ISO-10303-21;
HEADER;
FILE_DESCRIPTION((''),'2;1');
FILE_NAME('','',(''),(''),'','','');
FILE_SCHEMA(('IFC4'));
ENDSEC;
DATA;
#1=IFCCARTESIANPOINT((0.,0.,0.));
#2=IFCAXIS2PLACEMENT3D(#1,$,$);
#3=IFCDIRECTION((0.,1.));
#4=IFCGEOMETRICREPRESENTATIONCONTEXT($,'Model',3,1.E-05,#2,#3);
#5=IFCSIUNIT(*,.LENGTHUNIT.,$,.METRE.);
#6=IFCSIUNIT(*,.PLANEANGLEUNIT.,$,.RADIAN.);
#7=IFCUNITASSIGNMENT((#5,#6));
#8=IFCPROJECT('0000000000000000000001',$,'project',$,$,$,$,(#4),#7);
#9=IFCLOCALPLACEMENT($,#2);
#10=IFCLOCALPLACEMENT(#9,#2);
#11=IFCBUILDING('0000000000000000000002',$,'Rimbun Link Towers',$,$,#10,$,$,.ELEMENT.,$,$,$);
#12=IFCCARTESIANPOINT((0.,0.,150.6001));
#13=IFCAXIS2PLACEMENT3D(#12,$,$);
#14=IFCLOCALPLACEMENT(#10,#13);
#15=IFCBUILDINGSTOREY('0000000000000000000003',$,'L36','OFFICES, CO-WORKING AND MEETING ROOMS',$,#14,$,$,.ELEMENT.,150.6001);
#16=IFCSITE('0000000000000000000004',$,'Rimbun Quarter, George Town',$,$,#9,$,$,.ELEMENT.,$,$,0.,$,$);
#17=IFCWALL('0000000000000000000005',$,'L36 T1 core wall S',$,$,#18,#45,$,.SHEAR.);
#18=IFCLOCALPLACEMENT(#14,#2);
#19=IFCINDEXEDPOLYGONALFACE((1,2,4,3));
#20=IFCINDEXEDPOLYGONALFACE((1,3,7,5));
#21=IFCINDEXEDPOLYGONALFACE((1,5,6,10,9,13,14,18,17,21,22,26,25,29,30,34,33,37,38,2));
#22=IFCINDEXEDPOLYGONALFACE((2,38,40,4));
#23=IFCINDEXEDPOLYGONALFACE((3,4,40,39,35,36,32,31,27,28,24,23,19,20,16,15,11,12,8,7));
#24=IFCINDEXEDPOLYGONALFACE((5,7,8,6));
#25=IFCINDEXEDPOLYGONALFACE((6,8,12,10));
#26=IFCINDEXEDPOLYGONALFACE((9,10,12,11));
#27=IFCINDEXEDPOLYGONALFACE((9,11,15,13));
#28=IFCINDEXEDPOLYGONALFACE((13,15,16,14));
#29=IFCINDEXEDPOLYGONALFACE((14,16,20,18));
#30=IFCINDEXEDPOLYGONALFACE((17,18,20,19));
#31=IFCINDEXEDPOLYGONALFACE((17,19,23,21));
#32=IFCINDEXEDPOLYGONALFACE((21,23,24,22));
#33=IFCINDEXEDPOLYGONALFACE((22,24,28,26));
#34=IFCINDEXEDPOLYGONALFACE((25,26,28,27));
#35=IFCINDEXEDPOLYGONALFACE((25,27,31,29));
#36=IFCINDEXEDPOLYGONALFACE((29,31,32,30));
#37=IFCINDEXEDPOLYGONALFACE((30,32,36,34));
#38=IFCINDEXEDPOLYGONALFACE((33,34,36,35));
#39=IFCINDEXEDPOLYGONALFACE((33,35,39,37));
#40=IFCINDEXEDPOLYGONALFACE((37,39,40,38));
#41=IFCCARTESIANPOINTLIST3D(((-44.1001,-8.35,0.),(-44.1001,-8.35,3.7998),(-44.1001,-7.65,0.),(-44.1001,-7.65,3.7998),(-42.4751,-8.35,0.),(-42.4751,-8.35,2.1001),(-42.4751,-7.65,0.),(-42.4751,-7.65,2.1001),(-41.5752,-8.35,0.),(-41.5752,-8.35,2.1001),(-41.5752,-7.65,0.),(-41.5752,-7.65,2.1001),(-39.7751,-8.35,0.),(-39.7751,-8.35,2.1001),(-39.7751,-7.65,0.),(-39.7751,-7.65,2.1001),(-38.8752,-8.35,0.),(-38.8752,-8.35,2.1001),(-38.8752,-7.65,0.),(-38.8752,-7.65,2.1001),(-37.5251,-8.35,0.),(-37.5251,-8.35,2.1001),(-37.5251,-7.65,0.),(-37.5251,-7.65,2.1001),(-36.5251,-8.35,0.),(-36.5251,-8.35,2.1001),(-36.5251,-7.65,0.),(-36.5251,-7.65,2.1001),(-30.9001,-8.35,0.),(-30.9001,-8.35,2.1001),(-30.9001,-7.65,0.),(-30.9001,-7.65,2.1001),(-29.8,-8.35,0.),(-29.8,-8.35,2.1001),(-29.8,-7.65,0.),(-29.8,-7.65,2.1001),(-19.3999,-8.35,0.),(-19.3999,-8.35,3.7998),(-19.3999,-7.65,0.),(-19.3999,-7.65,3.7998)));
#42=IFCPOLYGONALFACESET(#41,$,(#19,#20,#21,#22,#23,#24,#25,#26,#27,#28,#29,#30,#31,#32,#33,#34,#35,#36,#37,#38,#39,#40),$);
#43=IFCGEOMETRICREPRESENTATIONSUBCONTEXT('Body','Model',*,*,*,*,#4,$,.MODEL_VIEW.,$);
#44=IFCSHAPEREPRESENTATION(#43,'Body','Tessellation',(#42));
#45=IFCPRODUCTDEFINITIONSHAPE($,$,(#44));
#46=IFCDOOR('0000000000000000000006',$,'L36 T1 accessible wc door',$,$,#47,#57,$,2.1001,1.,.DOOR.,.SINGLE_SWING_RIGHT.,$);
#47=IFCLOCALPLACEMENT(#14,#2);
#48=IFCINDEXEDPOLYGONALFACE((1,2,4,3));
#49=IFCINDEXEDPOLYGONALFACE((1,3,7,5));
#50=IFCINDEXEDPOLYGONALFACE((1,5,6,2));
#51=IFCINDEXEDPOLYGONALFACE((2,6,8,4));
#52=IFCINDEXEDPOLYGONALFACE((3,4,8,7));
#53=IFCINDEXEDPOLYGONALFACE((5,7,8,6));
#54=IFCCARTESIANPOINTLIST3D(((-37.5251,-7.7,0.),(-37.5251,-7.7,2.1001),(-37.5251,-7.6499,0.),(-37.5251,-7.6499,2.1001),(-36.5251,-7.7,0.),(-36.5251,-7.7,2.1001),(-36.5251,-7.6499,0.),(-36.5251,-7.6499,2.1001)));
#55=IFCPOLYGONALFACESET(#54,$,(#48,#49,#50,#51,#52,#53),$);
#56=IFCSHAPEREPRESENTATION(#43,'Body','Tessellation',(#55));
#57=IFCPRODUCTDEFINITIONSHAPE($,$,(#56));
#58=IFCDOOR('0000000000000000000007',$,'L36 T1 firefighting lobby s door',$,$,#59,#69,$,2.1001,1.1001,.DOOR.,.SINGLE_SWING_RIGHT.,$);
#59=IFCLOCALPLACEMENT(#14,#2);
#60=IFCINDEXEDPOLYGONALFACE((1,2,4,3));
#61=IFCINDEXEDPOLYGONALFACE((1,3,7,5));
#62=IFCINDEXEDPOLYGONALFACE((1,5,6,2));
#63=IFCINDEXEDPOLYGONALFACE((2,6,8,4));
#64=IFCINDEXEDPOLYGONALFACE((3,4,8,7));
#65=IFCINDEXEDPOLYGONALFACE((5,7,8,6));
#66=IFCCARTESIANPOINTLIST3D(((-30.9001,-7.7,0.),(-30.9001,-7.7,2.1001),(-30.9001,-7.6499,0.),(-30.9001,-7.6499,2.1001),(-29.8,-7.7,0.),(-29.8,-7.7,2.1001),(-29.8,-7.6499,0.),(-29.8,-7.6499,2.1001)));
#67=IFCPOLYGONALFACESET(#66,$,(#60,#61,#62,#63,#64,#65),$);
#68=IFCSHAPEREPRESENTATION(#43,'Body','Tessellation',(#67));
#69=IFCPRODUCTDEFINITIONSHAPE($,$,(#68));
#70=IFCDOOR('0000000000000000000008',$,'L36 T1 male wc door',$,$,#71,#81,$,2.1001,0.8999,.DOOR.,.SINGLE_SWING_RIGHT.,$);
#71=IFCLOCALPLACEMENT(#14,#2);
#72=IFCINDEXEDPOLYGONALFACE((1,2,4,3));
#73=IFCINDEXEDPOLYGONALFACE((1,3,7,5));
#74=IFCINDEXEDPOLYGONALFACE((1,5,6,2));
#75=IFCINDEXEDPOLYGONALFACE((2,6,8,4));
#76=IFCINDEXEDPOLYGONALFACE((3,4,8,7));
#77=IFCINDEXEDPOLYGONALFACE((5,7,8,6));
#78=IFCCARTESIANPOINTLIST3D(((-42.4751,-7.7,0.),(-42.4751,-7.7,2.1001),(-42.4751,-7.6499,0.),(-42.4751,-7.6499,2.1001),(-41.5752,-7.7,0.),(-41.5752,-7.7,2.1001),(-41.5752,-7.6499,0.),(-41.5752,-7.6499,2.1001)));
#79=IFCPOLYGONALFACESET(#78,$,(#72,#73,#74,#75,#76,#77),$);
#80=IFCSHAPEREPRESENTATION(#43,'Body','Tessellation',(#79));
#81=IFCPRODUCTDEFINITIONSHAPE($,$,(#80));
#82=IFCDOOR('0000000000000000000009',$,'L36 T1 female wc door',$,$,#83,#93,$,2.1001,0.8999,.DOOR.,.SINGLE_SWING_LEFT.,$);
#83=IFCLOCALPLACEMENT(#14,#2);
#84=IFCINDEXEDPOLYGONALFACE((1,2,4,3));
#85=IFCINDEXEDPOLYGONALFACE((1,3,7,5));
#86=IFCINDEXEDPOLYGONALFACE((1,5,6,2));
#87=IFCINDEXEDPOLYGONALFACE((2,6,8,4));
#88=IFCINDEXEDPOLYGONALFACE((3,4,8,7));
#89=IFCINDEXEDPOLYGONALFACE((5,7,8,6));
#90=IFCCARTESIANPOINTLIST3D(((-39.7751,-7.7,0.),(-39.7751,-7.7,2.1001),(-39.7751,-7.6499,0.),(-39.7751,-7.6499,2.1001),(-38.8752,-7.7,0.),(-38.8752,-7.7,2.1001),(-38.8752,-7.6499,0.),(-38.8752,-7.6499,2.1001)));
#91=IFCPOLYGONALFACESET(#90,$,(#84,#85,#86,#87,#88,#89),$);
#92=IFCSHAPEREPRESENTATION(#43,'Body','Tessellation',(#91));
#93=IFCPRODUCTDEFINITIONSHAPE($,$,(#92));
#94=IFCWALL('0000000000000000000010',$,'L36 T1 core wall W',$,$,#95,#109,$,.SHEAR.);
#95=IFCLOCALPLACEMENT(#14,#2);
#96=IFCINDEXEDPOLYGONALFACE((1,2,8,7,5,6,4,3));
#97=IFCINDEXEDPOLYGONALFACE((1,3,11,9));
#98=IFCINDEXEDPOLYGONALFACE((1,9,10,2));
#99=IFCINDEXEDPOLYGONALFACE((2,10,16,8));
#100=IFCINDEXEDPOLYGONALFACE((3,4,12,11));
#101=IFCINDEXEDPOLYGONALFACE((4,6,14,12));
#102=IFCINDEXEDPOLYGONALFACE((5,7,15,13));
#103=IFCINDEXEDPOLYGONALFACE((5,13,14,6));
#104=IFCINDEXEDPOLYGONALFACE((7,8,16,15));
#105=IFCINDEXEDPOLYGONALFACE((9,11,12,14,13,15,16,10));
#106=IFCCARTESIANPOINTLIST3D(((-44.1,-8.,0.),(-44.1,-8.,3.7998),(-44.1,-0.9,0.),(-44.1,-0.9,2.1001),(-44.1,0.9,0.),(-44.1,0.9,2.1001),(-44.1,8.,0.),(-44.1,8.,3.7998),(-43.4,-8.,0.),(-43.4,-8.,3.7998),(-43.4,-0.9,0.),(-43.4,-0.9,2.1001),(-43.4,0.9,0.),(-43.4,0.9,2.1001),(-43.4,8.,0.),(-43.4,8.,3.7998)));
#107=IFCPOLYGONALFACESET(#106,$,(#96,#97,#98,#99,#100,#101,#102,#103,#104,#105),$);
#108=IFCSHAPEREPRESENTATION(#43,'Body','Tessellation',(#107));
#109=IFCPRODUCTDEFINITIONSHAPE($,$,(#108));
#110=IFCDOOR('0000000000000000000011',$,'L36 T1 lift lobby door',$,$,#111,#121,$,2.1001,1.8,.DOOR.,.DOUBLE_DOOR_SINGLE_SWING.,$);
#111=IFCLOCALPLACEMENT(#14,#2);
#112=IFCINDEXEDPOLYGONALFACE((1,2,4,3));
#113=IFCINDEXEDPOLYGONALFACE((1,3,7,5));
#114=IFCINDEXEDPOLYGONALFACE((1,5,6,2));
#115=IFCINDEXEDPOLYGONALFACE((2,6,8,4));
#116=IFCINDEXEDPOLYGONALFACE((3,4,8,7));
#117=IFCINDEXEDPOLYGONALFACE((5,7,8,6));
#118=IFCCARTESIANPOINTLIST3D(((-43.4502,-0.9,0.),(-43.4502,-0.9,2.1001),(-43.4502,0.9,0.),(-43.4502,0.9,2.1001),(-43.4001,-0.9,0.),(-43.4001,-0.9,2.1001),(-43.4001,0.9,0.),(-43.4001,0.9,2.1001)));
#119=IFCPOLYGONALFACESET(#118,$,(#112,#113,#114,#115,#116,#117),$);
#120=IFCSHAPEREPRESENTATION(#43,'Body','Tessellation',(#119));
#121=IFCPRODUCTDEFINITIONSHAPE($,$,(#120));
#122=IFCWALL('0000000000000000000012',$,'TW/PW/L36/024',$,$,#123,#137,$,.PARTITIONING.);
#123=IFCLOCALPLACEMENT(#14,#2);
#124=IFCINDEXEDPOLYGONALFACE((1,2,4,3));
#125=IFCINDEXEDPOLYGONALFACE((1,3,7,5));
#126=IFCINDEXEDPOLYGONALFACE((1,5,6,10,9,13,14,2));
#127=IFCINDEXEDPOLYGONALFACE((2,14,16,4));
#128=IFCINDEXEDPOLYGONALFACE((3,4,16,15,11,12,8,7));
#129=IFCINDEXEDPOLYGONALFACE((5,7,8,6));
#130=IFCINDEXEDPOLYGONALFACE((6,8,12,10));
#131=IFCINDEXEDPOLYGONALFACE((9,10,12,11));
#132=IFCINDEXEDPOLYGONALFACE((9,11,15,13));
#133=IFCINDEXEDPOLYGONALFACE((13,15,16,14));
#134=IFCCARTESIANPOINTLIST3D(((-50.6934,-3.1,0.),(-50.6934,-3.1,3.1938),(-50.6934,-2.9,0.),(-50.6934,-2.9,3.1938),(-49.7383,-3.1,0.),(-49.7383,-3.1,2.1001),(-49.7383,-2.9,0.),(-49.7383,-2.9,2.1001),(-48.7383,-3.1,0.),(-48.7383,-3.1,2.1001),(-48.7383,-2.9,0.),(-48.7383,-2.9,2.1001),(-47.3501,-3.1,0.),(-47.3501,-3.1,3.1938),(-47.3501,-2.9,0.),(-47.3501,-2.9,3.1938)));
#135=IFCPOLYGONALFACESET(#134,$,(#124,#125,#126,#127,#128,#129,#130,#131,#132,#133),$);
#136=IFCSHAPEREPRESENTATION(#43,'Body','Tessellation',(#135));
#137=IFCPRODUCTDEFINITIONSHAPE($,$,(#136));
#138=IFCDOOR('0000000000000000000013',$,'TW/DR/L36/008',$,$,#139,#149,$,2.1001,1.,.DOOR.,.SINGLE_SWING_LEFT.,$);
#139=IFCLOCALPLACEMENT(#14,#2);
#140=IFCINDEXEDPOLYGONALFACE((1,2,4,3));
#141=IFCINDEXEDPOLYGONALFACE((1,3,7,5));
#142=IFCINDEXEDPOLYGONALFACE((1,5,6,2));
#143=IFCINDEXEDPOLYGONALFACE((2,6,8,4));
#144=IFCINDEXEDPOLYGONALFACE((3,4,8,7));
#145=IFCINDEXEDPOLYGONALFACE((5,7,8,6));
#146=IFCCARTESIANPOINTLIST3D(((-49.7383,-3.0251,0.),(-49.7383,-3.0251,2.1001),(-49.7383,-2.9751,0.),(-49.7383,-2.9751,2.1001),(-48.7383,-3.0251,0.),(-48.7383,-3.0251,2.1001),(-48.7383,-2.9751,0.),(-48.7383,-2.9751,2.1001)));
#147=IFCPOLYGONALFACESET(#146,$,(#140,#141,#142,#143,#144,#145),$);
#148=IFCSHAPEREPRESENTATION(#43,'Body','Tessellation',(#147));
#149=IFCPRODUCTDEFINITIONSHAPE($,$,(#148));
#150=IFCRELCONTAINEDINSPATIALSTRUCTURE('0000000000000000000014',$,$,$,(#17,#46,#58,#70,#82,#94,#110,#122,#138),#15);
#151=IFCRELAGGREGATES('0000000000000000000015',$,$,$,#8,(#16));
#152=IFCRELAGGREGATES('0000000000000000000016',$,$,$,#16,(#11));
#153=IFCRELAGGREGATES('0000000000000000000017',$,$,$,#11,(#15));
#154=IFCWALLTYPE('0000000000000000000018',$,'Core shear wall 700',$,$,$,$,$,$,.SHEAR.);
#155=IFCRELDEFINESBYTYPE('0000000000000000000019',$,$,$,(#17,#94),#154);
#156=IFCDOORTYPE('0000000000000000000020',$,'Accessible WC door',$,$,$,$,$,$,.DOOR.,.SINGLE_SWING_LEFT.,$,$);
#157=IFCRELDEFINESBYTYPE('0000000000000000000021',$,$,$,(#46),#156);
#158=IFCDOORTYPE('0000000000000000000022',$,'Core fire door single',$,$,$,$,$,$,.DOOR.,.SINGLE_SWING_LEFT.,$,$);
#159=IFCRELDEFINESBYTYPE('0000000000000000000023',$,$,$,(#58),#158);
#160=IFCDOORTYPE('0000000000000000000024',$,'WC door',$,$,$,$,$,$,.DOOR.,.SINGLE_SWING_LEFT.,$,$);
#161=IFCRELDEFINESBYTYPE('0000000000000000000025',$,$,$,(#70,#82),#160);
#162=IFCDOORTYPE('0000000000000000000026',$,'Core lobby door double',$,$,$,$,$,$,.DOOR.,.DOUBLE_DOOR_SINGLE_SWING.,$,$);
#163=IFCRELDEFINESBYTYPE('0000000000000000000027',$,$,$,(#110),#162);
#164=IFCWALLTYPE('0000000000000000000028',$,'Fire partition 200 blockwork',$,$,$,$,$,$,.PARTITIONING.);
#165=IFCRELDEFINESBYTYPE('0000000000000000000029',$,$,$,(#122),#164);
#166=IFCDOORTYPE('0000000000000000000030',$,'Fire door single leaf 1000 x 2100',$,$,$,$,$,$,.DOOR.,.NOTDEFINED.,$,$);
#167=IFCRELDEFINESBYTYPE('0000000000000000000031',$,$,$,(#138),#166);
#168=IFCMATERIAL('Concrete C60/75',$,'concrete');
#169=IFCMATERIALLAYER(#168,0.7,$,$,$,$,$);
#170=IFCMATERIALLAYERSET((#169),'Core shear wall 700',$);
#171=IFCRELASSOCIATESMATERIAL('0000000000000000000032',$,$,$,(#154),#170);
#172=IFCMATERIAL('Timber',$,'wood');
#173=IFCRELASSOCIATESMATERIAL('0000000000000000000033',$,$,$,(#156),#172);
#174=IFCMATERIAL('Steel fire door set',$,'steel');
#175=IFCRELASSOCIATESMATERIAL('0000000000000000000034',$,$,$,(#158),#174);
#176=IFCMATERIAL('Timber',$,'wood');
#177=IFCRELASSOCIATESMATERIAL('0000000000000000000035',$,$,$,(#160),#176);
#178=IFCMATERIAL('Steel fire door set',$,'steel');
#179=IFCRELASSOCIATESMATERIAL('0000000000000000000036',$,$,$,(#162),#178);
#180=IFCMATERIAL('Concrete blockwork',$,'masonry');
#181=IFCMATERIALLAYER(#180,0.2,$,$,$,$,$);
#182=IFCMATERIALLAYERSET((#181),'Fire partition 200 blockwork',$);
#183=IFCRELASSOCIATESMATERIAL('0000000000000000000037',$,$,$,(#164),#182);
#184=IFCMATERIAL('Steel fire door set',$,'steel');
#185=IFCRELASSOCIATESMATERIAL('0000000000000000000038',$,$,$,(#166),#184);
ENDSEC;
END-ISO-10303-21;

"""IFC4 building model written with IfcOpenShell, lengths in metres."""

from ifc_helpers import new_model, si_unit, direction, frame, frame_2d, origin, place, context, subcontext, project, spatial, rectangle, extrude, material, layer, layer_set, type_object, element, fill, save


model = new_model("IFC4")

# Units and contexts
model_context = context("Model", 3, precision=1e-05, world=origin(), true_north=direction((0.0, 1.0)))
body_context = subcontext(model_context, "Body", "Model", "MODEL_VIEW")
ifc_project = project(units=[si_unit("LENGTHUNIT", "METRE"), si_unit("PLANEANGLEUNIT", "RADIAN")], contexts=[model_context])

# Site, building, storey
site_placement = place(None, origin())
site = spatial("IfcSite", under=ifc_project, at=site_placement, Name="Rimbun Quarter, George Town", CompositionType="ELEMENT", RefElevation=0.0)
building_placement = place(site_placement, origin())
building = spatial("IfcBuilding", under=site, at=building_placement, Name="Rimbun Link Towers", CompositionType="ELEMENT")
storey_placement = place(building_placement, frame((0.0, 0.0, 150.6001)))
storey = spatial("IfcBuildingStorey", under=building, at=storey_placement, Name="L36", Description="OFFICES, CO-WORKING AND MEETING ROOMS", CompositionType="ELEMENT", Elevation=150.6001)

# Wall, openings, doors
ifc_material_1 = material(Name="Concrete C60/75", Category="concrete")
ifc_layer_1 = layer(ifc_material_1, 0.7)
ifc_layer_set_1 = layer_set([ifc_layer_1], Name="Core shear wall 700")
wall_type_1 = type_object("IfcWallType", Name="Core shear wall 700", PredefinedType="SHEAR", material=ifc_layer_set_1)
wall_1_placement = place(storey_placement, frame((-44.1001, -8.0, 0.0), z_axis=(0.0, 0.0, 1.0), x_axis=(1.0, 0.0, 0.0)))
wall_1 = element("IfcWall", 1, at=wall_1_placement, inside=storey, type_object=wall_type_1, Name="L36 T1 core wall S", PredefinedType="SHEAR", context=body_context, shape_type="SweptSolid", body=[
    extrude(rectangle(XDim=24.7002, YDim=0.7, at=frame_2d((12.3501, 0.0))), origin(), (0.0, 0.0, 1.0), 3.7998),
])
opening_1_placement = place(wall_1_placement, frame((13.2, 0.0, 0.0)))
opening_1 = element("IfcOpeningElement", 2, at=opening_1_placement, cuts=wall_1, PredefinedType="OPENING", context=body_context, shape_type="SweptSolid", body=[
    extrude(rectangle(XDim=1.1001, YDim=2.1001, at=frame_2d((0.55, 1.05))), frame((0.0, 0.3599, 0.0), z_axis=(0.0, -1.0, 0.0), x_axis=(1.0, 0.0, 0.0)), (0.0, 0.0, 1.0), 0.72),
])
opening_2_placement = place(wall_1_placement, frame((1.625, 0.0, 0.0)))
opening_2 = element("IfcOpeningElement", 3, at=opening_2_placement, cuts=wall_1, PredefinedType="OPENING", context=body_context, shape_type="SweptSolid", body=[
    extrude(rectangle(XDim=0.8999, YDim=2.1001, at=frame_2d((0.45, 1.05))), frame((0.0, 0.3599, 0.0), z_axis=(0.0, -1.0, 0.0), x_axis=(1.0, 0.0, 0.0)), (0.0, 0.0, 1.0), 0.72),
])
opening_3_placement = place(wall_1_placement, frame((4.325, 0.0, 0.0)))
opening_3 = element("IfcOpeningElement", 4, at=opening_3_placement, cuts=wall_1, PredefinedType="OPENING", context=body_context, shape_type="SweptSolid", body=[
    extrude(rectangle(XDim=0.8999, YDim=2.1001, at=frame_2d((0.45, 1.05))), frame((0.0, 0.3599, 0.0), z_axis=(0.0, -1.0, 0.0), x_axis=(1.0, 0.0, 0.0)), (0.0, 0.0, 1.0), 0.72),
])
opening_4_placement = place(wall_1_placement, frame((6.575, 0.0, 0.0)))
opening_4 = element("IfcOpeningElement", 5, at=opening_4_placement, cuts=wall_1, PredefinedType="OPENING", context=body_context, shape_type="SweptSolid", body=[
    extrude(rectangle(XDim=1.0, YDim=2.1001, at=frame_2d((0.5, 1.05))), frame((0.0, 0.3599, 0.0), z_axis=(0.0, -1.0, 0.0), x_axis=(1.0, 0.0, 0.0)), (0.0, 0.0, 1.0), 0.72),
])
ifc_material_2 = material(Name="Timber", Category="wood")
door_type_1 = type_object("IfcDoorType", Name="Accessible WC door", OperationType="SINGLE_SWING_LEFT", PredefinedType="DOOR", material=ifc_material_2)
door_1_placement = place(opening_4_placement, origin())
door_1 = element("IfcDoor", 6, at=door_1_placement, inside=storey, type_object=door_type_1, Name="L36 T1 accessible wc door", OperationType="SINGLE_SWING_RIGHT", OverallHeight=2.1001, OverallWidth=1.0, PredefinedType="DOOR", context=body_context, shape_type="SweptSolid", body=[
    extrude(rectangle(XDim=1.0, YDim=2.1001, at=frame_2d((0.5, 1.05))), frame((0.0, 0.3501, 0.0), z_axis=(0.0, -1.0, 0.0), x_axis=(1.0, 0.0, 0.0)), (0.0, 0.0, 1.0), 0.05),
])
fill(opening_4, door_1)
ifc_material_3 = material(Name="Steel fire door set", Category="steel")
door_type_2 = type_object("IfcDoorType", Name="Core fire door single", OperationType="SINGLE_SWING_LEFT", PredefinedType="DOOR", material=ifc_material_3)
door_2_placement = place(opening_1_placement, origin())
door_2 = element("IfcDoor", 7, at=door_2_placement, inside=storey, type_object=door_type_2, Name="L36 T1 firefighting lobby s door", OperationType="SINGLE_SWING_RIGHT", OverallHeight=2.1001, OverallWidth=1.1001, PredefinedType="DOOR", context=body_context, shape_type="SweptSolid", body=[
    extrude(rectangle(XDim=1.1001, YDim=2.1001, at=frame_2d((0.55, 1.05))), frame((0.0, 0.3501, 0.0), z_axis=(0.0, -1.0, 0.0), x_axis=(1.0, 0.0, 0.0)), (0.0, 0.0, 1.0), 0.05),
])
fill(opening_1, door_2)
ifc_material_4 = material(Name="Timber", Category="wood")
door_type_3 = type_object("IfcDoorType", Name="WC door", OperationType="SINGLE_SWING_LEFT", PredefinedType="DOOR", material=ifc_material_4)
door_3_placement = place(opening_2_placement, origin())
door_3 = element("IfcDoor", 8, at=door_3_placement, inside=storey, type_object=door_type_3, Name="L36 T1 male wc door", OperationType="SINGLE_SWING_RIGHT", OverallHeight=2.1001, OverallWidth=0.8999, PredefinedType="DOOR", context=body_context, shape_type="SweptSolid", body=[
    extrude(rectangle(XDim=0.8999, YDim=2.1001, at=frame_2d((0.45, 1.05))), frame((0.0, 0.3501, 0.0), z_axis=(0.0, -1.0, 0.0), x_axis=(1.0, 0.0, 0.0)), (0.0, 0.0, 1.0), 0.05),
])
fill(opening_2, door_3)
door_4_placement = place(opening_3_placement, origin())
door_4 = element("IfcDoor", 9, at=door_4_placement, inside=storey, type_object=door_type_3, Name="L36 T1 female wc door", OperationType="SINGLE_SWING_LEFT", OverallHeight=2.1001, OverallWidth=0.8999, PredefinedType="DOOR", context=body_context, shape_type="SweptSolid", body=[
    extrude(rectangle(XDim=0.8999, YDim=2.1001, at=frame_2d((0.45, 1.05))), frame((0.0, 0.3501, 0.0), z_axis=(0.0, -1.0, 0.0), x_axis=(1.0, 0.0, 0.0)), (0.0, 0.0, 1.0), 0.05),
])
fill(opening_3, door_4)

# Walls, openings, doors
wall_2_placement = place(storey_placement, frame((-43.75, -8.0, 0.0), z_axis=(0.0, 0.0, 1.0), x_axis=(0.0, 1.0, 0.0)))
wall_2 = element("IfcWall", 10, at=wall_2_placement, inside=storey, type_object=wall_type_1, Name="L36 T1 core wall W", PredefinedType="SHEAR", context=body_context, shape_type="SweptSolid", body=[
    extrude(rectangle(XDim=16.0, YDim=0.7, at=frame_2d((8.0, 0.0))), origin(), (0.0, 0.0, 1.0), 3.7998),
])
opening_5_placement = place(wall_2_placement, frame((7.1001, 0.0, 0.0)))
opening_5 = element("IfcOpeningElement", 11, at=opening_5_placement, cuts=wall_2, PredefinedType="OPENING", context=body_context, shape_type="SweptSolid", body=[
    extrude(rectangle(XDim=1.8, YDim=2.1001, at=frame_2d((0.8999, 1.05))), frame((0.0, 0.3599, 0.0), z_axis=(0.0, -1.0, 0.0), x_axis=(1.0, 0.0, 0.0)), (0.0, 0.0, 1.0), 0.72),
])
ifc_material_5 = material(Name="Steel fire door set", Category="steel")
door_type_4 = type_object("IfcDoorType", Name="Core lobby door double", OperationType="DOUBLE_DOOR_SINGLE_SWING", PredefinedType="DOOR", material=ifc_material_5)
door_5_placement = place(opening_5_placement, origin())
door_5 = element("IfcDoor", 12, at=door_5_placement, inside=storey, type_object=door_type_4, Name="L36 T1 lift lobby door", OperationType="DOUBLE_DOOR_SINGLE_SWING", OverallHeight=2.1001, OverallWidth=1.8, PredefinedType="DOOR", context=body_context, shape_type="SweptSolid", body=[
    extrude(rectangle(XDim=1.8, YDim=2.1001, at=frame_2d((0.8999, 1.05))), frame((0.0, -0.2998, 0.0), z_axis=(0.0, -1.0, 0.0), x_axis=(1.0, 0.0, 0.0)), (0.0, 0.0, 1.0), 0.05),
])
fill(opening_5, door_5)
ifc_material_6 = material(Name="Concrete blockwork", Category="masonry")
ifc_layer_2 = layer(ifc_material_6, 0.2)
ifc_layer_set_2 = layer_set([ifc_layer_2], Name="Fire partition 200 blockwork")
wall_type_2 = type_object("IfcWallType", Name="Fire partition 200 blockwork", PredefinedType="PARTITIONING", material=ifc_layer_set_2)
wall_3_placement = place(storey_placement, frame((-50.6934, -3.0, 0.0), z_axis=(0.0, 0.0, 1.0), x_axis=(1.0, 0.0, 0.0)))
wall_3 = element("IfcWall", 13, at=wall_3_placement, inside=storey, type_object=wall_type_2, Name="TW/PW/L36/024", PredefinedType="PARTITIONING", context=body_context, shape_type="SweptSolid", body=[
    extrude(rectangle(XDim=3.3433, YDim=0.2, at=frame_2d((1.6716, 0.0))), origin(), (0.0, 0.0, 1.0), 3.1938),
])
opening_6_placement = place(wall_3_placement, frame((0.9551, 0.0, 0.0)))
opening_6 = element("IfcOpeningElement", 14, at=opening_6_placement, cuts=wall_3, PredefinedType="OPENING", context=body_context, shape_type="SweptSolid", body=[
    extrude(rectangle(XDim=1.0, YDim=2.1001, at=frame_2d((0.5, 1.05))), frame((0.0, 0.1099, 0.0), z_axis=(0.0, -1.0, 0.0), x_axis=(1.0, 0.0, 0.0)), (0.0, 0.0, 1.0), 0.22),
])
ifc_material_7 = material(Name="Steel fire door set", Category="steel")
door_type_5 = type_object("IfcDoorType", Name="Fire door single leaf 1000 x 2100", OperationType="NOTDEFINED", PredefinedType="DOOR", material=ifc_material_7)
door_6_placement = place(opening_6_placement, origin())
door_6 = element("IfcDoor", 15, at=door_6_placement, inside=storey, type_object=door_type_5, Name="TW/DR/L36/008", OperationType="SINGLE_SWING_LEFT", OverallHeight=2.1001, OverallWidth=1.0, PredefinedType="DOOR", context=body_context, shape_type="SweptSolid", body=[
    extrude(rectangle(XDim=1.0, YDim=2.1001, at=frame_2d((0.5, 1.05))), frame((0.0, 0.0249, 0.0), z_axis=(0.0, -1.0, 0.0), x_axis=(1.0, 0.0, 0.0)), (0.0, 0.0, 1.0), 0.05),
])
fill(opening_6, door_6)

save(model, "model.ifc")
